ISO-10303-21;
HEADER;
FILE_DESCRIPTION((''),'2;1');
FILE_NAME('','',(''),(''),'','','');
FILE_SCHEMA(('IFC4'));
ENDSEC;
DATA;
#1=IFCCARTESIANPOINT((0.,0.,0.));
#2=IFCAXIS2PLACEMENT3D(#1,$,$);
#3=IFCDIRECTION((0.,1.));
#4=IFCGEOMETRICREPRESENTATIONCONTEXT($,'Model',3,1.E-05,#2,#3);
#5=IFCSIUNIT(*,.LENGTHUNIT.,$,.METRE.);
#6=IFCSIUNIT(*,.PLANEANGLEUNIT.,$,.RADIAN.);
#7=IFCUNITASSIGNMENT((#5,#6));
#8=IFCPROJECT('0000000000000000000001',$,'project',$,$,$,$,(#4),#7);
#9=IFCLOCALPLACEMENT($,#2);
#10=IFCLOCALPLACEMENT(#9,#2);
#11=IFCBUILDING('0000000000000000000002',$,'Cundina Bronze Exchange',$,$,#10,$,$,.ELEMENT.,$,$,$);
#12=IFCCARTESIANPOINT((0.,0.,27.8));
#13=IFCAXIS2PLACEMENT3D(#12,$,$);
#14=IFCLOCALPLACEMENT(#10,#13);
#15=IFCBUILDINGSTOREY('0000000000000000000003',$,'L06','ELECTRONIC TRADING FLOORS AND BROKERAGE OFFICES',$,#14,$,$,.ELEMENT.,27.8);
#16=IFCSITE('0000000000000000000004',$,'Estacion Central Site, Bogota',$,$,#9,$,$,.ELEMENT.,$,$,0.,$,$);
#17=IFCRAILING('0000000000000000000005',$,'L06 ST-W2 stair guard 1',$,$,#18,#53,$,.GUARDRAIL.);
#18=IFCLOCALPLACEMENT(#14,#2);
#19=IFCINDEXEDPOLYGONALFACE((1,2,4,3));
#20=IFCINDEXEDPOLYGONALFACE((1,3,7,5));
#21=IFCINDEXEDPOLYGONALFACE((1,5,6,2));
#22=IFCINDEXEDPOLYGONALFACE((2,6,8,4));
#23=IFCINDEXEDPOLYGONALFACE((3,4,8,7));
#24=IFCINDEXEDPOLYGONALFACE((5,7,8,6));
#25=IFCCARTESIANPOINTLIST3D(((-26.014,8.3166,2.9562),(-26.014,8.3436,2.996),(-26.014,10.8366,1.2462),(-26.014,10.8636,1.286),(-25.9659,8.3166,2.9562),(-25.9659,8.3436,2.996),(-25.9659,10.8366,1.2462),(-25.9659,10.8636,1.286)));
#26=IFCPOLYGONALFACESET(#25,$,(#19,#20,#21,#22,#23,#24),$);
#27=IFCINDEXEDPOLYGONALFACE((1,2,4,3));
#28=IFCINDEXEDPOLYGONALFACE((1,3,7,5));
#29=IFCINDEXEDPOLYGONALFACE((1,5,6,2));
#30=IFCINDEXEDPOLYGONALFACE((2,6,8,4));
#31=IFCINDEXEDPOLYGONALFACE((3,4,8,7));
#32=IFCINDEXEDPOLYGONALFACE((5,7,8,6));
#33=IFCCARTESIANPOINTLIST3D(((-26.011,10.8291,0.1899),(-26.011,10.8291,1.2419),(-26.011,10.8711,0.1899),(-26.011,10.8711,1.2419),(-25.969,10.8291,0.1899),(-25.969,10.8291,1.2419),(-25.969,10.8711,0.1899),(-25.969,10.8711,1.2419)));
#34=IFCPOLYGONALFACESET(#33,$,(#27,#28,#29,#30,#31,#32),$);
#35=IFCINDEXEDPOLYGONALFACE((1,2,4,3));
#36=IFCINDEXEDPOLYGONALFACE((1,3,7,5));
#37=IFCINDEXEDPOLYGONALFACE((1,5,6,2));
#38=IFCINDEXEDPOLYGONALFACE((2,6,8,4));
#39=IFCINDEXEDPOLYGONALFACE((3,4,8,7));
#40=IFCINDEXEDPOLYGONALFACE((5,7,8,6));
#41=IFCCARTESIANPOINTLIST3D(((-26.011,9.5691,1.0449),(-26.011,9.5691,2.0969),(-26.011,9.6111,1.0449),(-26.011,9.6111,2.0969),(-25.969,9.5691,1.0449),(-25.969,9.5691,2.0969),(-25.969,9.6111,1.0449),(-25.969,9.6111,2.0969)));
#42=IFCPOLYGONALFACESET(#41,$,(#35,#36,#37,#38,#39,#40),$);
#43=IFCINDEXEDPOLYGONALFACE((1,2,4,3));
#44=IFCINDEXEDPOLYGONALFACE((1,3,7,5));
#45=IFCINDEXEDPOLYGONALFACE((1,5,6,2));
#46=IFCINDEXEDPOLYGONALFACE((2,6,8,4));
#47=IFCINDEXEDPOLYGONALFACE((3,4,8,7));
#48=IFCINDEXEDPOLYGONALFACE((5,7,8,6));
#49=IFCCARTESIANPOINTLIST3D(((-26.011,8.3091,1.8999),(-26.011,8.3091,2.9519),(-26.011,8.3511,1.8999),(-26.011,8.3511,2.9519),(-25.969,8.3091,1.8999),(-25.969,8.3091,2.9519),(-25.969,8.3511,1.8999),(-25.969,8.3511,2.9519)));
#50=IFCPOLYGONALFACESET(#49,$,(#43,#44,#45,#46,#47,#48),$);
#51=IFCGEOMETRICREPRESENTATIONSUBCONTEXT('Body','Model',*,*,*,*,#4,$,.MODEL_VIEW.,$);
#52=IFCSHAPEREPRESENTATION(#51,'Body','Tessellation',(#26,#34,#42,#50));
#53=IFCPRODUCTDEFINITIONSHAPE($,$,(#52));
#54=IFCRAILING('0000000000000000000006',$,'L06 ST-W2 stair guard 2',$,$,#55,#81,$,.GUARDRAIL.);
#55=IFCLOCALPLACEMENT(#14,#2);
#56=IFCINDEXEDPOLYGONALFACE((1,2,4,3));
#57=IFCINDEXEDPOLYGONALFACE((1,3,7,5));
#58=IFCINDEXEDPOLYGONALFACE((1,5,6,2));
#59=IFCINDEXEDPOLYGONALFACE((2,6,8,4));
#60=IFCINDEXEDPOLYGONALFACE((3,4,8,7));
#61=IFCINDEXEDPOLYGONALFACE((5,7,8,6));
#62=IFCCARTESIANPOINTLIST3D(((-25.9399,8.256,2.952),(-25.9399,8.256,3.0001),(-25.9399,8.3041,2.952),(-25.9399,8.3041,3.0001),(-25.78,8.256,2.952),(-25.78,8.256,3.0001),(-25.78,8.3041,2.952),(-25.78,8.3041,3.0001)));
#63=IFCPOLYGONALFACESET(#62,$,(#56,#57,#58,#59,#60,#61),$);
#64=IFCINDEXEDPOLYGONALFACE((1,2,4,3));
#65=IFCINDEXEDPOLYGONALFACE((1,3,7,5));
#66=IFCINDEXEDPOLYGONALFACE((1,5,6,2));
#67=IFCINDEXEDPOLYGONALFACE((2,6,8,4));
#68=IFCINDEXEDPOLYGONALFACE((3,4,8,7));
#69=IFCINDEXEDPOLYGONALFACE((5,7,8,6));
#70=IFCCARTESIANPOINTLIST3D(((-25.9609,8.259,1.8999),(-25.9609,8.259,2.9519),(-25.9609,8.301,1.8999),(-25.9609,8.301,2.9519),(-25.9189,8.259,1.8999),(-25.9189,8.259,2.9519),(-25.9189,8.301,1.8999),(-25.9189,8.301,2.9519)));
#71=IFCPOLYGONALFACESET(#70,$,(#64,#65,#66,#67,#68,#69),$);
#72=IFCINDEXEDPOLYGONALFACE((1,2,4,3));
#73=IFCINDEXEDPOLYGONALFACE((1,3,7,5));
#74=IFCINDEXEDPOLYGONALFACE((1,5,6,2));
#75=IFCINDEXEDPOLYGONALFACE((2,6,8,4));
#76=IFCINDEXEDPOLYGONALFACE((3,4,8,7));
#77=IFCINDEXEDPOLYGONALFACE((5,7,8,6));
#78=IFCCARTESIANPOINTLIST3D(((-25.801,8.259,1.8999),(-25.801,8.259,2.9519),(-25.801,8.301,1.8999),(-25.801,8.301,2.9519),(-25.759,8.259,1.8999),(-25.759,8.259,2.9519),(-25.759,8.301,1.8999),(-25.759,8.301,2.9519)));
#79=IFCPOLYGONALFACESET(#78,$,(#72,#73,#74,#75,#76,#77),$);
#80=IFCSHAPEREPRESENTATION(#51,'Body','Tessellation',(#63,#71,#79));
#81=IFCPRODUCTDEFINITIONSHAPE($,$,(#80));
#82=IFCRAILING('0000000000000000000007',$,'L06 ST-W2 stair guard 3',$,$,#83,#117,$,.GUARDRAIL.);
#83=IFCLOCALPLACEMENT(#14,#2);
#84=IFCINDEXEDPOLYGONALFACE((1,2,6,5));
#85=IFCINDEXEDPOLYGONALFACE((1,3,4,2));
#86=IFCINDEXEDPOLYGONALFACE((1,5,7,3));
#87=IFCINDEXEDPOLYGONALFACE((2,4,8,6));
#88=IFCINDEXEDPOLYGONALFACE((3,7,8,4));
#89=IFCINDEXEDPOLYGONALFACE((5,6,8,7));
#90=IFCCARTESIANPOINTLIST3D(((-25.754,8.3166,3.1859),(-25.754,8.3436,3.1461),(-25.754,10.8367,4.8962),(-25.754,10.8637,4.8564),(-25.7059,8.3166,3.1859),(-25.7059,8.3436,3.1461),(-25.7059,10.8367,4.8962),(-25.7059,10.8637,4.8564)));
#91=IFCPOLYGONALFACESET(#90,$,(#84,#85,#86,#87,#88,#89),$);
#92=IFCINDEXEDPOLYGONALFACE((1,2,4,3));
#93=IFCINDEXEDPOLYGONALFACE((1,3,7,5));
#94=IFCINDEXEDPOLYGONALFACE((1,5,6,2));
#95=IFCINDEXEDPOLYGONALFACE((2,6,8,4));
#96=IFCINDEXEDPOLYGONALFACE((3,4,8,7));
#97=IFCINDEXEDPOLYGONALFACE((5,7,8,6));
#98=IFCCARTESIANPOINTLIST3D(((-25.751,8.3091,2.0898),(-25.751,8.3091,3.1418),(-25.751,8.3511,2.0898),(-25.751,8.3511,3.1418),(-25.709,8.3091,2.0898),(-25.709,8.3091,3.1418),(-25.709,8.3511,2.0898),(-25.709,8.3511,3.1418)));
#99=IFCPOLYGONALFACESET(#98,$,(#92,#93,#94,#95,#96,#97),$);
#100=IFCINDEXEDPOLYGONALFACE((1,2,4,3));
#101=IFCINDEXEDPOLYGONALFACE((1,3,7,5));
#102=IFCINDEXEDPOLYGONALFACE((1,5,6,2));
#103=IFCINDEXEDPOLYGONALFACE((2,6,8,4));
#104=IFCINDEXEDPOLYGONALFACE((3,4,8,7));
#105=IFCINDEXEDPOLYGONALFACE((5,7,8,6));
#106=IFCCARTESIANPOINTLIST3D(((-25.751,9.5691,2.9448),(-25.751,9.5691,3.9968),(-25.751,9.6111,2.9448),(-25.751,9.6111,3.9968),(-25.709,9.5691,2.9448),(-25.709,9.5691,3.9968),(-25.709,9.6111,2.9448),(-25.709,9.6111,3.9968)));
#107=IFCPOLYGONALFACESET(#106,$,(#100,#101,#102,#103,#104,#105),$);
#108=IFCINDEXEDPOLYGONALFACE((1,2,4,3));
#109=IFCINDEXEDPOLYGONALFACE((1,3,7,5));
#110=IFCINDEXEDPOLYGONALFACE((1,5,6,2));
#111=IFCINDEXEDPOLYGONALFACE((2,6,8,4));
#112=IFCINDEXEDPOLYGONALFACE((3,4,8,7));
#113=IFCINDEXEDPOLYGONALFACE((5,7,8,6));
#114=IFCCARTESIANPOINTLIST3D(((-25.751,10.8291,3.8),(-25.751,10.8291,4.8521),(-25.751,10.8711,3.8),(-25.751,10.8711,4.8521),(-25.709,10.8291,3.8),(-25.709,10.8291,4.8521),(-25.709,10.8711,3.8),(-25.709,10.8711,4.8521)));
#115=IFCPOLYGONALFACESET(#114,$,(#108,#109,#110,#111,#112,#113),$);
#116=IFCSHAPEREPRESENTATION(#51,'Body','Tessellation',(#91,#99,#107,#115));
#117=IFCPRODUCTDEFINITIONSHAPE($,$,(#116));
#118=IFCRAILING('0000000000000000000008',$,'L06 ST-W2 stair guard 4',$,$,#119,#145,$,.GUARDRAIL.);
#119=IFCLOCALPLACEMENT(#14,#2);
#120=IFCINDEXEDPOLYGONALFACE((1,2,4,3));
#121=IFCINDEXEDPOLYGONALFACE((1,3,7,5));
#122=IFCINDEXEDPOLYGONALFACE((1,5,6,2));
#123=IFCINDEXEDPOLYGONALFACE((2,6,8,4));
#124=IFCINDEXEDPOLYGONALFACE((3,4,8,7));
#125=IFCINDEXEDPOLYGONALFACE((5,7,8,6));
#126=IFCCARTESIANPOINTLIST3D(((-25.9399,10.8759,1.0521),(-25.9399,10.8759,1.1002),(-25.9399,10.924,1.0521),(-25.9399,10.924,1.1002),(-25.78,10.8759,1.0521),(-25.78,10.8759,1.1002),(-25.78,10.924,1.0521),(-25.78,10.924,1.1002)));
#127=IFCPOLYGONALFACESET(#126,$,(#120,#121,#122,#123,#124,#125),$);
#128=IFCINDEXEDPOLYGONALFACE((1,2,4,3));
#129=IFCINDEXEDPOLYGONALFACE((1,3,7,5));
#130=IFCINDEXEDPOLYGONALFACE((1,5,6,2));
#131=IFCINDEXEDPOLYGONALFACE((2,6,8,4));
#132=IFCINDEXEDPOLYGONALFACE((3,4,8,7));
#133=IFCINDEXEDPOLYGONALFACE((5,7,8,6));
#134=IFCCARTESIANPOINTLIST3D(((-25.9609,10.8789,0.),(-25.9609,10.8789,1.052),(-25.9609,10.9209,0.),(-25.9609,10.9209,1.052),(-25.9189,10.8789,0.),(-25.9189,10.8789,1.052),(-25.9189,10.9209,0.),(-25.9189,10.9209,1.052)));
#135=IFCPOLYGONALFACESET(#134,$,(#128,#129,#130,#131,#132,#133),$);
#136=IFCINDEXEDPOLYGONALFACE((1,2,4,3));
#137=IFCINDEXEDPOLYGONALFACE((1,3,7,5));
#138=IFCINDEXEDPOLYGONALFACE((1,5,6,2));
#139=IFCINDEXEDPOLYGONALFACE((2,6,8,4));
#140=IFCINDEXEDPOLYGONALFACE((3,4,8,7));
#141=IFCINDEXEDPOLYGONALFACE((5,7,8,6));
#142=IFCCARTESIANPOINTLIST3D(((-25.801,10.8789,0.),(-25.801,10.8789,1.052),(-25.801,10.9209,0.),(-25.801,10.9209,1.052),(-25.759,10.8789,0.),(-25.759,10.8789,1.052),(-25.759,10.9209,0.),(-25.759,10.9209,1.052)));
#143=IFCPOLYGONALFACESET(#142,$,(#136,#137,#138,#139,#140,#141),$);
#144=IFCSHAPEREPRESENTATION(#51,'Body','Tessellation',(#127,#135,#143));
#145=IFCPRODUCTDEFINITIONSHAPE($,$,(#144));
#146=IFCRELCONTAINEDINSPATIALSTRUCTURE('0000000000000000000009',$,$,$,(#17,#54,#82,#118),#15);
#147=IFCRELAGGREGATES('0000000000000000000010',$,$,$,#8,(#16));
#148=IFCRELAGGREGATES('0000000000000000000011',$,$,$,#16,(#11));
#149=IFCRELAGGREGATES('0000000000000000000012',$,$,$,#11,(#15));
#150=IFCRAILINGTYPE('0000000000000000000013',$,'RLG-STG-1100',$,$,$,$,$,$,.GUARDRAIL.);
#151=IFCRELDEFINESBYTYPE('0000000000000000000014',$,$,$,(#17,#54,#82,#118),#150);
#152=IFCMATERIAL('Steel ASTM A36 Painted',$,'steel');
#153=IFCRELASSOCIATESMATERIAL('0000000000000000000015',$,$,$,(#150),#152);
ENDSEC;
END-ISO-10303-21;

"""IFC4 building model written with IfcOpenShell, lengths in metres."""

from ifc_helpers import new_model, si_unit, direction, frame, origin, origin_2d, place, context, subcontext, project, spatial, rectangle, extrude, material, type_object, element, save


model = new_model("IFC4")

# Units and contexts
model_context = context("Model", 3, precision=1e-05, world=origin(), true_north=direction((0.0, 1.0)))
body_context = subcontext(model_context, "Body", "Model", "MODEL_VIEW")
ifc_project = project(units=[si_unit("LENGTHUNIT", "METRE"), si_unit("PLANEANGLEUNIT", "RADIAN")], contexts=[model_context])

# Site, building, storey
site_placement = place(None, origin())
site = spatial("IfcSite", under=ifc_project, at=site_placement, Name="Estacion Central Site, Bogota", CompositionType="ELEMENT", RefElevation=0.0)
building_placement = place(site_placement, origin())
building = spatial("IfcBuilding", under=site, at=building_placement, Name="Cundina Bronze Exchange", CompositionType="ELEMENT")
storey_placement = place(building_placement, frame((0.0, 0.0, 27.8)))
storey = spatial("IfcBuildingStorey", under=building, at=storey_placement, Name="L06", Description="ELECTRONIC TRADING FLOORS AND BROKERAGE OFFICES", CompositionType="ELEMENT", Elevation=27.8)

# Shared definitions
ifc_material_1 = material(Name="Steel ASTM A36 Painted", Category="steel")

# Railings
railing_type_1 = type_object("IfcRailingType", Name="RLG-STG-1100", PredefinedType="GUARDRAIL", material=ifc_material_1)
railing_1_placement = place(storey_placement, frame((-25.99, 10.8501, 0.1899)))
element("IfcRailing", 1, at=railing_1_placement, inside=storey, type_object=railing_type_1, Name="L06 ST-W2 stair guard 1", PredefinedType="GUARDRAIL", context=body_context, shape_type="SweptSolid", body=[
    extrude(rectangle(XDim=0.0481, YDim=0.0481, at=origin_2d()), frame((0.0, 0.0, 1.0762), z_axis=(0.0, -0.827484, 0.56149), x_axis=(1.0, 0.0, 0.0)), (0.0, 0.0, 1.0), 3.0454),
    extrude(rectangle(XDim=0.042, YDim=0.042, at=origin_2d()), origin(), (0.0, 0.0, 1.0), 1.052),
    extrude(rectangle(XDim=0.042, YDim=0.042, at=origin_2d()), frame((0.0, -1.26, 0.855)), (0.0, 0.0, 1.0), 1.052),
    extrude(rectangle(XDim=0.042, YDim=0.042, at=origin_2d()), frame((0.0, -2.52, 1.71)), (0.0, 0.0, 1.0), 1.052),
])
railing_2_placement = place(storey_placement, frame((-25.9399, 8.28, 1.8999)))
element("IfcRailing", 2, at=railing_2_placement, inside=storey, type_object=railing_type_1, Name="L06 ST-W2 stair guard 2", PredefinedType="GUARDRAIL", context=body_context, shape_type="SweptSolid", body=[
    extrude(rectangle(XDim=0.0481, YDim=0.0481, at=origin_2d()), frame((0.0, 0.0, 1.0762), z_axis=(1.0, 0.0, 0.0), x_axis=(0.0, 1.0, 0.0)), (0.0, 0.0, 1.0), 0.1599),
    extrude(rectangle(XDim=0.042, YDim=0.042, at=origin_2d()), origin(), (0.0, 0.0, 1.0), 1.052),
    extrude(rectangle(XDim=0.042, YDim=0.042, at=origin_2d()), frame((0.1599, 0.0, 0.0)), (0.0, 0.0, 1.0), 1.052),
])
railing_3_placement = place(storey_placement, frame((-25.73, 8.3301, 2.0898)))
element("IfcRailing", 3, at=railing_3_placement, inside=storey, type_object=railing_type_1, Name="L06 ST-W2 stair guard 3", PredefinedType="GUARDRAIL", context=body_context, shape_type="SweptSolid", body=[
    extrude(rectangle(XDim=0.0481, YDim=0.0481, at=origin_2d()), frame((0.0, 0.0, 1.0762), z_axis=(0.0, 0.827447, 0.561545), x_axis=(-1.0, 0.0, 0.0)), (0.0, 0.0, 1.0), 3.0457),
    extrude(rectangle(XDim=0.042, YDim=0.042, at=origin_2d()), origin(), (0.0, 0.0, 1.0), 1.052),
    extrude(rectangle(XDim=0.042, YDim=0.042, at=origin_2d()), frame((0.0, 1.26, 0.855)), (0.0, 0.0, 1.0), 1.052),
    extrude(rectangle(XDim=0.042, YDim=0.042, at=origin_2d()), frame((0.0, 2.52, 1.7102)), (0.0, 0.0, 1.0), 1.052),
])
railing_4_placement = place(storey_placement, frame((-25.9399, 10.8999, 0.0)))
element("IfcRailing", 4, at=railing_4_placement, inside=storey, type_object=railing_type_1, Name="L06 ST-W2 stair guard 4", PredefinedType="GUARDRAIL", context=body_context, shape_type="SweptSolid", body=[
    extrude(rectangle(XDim=0.0481, YDim=0.0481, at=origin_2d()), frame((0.0, 0.0, 1.0762), z_axis=(1.0, 0.0, 0.0), x_axis=(0.0, 1.0, 0.0)), (0.0, 0.0, 1.0), 0.1599),
    extrude(rectangle(XDim=0.042, YDim=0.042, at=origin_2d()), origin(), (0.0, 0.0, 1.0), 1.052),
    extrude(rectangle(XDim=0.042, YDim=0.042, at=origin_2d()), frame((0.1599, 0.0, 0.0)), (0.0, 0.0, 1.0), 1.052),
])

save(model, "model.ifc")
